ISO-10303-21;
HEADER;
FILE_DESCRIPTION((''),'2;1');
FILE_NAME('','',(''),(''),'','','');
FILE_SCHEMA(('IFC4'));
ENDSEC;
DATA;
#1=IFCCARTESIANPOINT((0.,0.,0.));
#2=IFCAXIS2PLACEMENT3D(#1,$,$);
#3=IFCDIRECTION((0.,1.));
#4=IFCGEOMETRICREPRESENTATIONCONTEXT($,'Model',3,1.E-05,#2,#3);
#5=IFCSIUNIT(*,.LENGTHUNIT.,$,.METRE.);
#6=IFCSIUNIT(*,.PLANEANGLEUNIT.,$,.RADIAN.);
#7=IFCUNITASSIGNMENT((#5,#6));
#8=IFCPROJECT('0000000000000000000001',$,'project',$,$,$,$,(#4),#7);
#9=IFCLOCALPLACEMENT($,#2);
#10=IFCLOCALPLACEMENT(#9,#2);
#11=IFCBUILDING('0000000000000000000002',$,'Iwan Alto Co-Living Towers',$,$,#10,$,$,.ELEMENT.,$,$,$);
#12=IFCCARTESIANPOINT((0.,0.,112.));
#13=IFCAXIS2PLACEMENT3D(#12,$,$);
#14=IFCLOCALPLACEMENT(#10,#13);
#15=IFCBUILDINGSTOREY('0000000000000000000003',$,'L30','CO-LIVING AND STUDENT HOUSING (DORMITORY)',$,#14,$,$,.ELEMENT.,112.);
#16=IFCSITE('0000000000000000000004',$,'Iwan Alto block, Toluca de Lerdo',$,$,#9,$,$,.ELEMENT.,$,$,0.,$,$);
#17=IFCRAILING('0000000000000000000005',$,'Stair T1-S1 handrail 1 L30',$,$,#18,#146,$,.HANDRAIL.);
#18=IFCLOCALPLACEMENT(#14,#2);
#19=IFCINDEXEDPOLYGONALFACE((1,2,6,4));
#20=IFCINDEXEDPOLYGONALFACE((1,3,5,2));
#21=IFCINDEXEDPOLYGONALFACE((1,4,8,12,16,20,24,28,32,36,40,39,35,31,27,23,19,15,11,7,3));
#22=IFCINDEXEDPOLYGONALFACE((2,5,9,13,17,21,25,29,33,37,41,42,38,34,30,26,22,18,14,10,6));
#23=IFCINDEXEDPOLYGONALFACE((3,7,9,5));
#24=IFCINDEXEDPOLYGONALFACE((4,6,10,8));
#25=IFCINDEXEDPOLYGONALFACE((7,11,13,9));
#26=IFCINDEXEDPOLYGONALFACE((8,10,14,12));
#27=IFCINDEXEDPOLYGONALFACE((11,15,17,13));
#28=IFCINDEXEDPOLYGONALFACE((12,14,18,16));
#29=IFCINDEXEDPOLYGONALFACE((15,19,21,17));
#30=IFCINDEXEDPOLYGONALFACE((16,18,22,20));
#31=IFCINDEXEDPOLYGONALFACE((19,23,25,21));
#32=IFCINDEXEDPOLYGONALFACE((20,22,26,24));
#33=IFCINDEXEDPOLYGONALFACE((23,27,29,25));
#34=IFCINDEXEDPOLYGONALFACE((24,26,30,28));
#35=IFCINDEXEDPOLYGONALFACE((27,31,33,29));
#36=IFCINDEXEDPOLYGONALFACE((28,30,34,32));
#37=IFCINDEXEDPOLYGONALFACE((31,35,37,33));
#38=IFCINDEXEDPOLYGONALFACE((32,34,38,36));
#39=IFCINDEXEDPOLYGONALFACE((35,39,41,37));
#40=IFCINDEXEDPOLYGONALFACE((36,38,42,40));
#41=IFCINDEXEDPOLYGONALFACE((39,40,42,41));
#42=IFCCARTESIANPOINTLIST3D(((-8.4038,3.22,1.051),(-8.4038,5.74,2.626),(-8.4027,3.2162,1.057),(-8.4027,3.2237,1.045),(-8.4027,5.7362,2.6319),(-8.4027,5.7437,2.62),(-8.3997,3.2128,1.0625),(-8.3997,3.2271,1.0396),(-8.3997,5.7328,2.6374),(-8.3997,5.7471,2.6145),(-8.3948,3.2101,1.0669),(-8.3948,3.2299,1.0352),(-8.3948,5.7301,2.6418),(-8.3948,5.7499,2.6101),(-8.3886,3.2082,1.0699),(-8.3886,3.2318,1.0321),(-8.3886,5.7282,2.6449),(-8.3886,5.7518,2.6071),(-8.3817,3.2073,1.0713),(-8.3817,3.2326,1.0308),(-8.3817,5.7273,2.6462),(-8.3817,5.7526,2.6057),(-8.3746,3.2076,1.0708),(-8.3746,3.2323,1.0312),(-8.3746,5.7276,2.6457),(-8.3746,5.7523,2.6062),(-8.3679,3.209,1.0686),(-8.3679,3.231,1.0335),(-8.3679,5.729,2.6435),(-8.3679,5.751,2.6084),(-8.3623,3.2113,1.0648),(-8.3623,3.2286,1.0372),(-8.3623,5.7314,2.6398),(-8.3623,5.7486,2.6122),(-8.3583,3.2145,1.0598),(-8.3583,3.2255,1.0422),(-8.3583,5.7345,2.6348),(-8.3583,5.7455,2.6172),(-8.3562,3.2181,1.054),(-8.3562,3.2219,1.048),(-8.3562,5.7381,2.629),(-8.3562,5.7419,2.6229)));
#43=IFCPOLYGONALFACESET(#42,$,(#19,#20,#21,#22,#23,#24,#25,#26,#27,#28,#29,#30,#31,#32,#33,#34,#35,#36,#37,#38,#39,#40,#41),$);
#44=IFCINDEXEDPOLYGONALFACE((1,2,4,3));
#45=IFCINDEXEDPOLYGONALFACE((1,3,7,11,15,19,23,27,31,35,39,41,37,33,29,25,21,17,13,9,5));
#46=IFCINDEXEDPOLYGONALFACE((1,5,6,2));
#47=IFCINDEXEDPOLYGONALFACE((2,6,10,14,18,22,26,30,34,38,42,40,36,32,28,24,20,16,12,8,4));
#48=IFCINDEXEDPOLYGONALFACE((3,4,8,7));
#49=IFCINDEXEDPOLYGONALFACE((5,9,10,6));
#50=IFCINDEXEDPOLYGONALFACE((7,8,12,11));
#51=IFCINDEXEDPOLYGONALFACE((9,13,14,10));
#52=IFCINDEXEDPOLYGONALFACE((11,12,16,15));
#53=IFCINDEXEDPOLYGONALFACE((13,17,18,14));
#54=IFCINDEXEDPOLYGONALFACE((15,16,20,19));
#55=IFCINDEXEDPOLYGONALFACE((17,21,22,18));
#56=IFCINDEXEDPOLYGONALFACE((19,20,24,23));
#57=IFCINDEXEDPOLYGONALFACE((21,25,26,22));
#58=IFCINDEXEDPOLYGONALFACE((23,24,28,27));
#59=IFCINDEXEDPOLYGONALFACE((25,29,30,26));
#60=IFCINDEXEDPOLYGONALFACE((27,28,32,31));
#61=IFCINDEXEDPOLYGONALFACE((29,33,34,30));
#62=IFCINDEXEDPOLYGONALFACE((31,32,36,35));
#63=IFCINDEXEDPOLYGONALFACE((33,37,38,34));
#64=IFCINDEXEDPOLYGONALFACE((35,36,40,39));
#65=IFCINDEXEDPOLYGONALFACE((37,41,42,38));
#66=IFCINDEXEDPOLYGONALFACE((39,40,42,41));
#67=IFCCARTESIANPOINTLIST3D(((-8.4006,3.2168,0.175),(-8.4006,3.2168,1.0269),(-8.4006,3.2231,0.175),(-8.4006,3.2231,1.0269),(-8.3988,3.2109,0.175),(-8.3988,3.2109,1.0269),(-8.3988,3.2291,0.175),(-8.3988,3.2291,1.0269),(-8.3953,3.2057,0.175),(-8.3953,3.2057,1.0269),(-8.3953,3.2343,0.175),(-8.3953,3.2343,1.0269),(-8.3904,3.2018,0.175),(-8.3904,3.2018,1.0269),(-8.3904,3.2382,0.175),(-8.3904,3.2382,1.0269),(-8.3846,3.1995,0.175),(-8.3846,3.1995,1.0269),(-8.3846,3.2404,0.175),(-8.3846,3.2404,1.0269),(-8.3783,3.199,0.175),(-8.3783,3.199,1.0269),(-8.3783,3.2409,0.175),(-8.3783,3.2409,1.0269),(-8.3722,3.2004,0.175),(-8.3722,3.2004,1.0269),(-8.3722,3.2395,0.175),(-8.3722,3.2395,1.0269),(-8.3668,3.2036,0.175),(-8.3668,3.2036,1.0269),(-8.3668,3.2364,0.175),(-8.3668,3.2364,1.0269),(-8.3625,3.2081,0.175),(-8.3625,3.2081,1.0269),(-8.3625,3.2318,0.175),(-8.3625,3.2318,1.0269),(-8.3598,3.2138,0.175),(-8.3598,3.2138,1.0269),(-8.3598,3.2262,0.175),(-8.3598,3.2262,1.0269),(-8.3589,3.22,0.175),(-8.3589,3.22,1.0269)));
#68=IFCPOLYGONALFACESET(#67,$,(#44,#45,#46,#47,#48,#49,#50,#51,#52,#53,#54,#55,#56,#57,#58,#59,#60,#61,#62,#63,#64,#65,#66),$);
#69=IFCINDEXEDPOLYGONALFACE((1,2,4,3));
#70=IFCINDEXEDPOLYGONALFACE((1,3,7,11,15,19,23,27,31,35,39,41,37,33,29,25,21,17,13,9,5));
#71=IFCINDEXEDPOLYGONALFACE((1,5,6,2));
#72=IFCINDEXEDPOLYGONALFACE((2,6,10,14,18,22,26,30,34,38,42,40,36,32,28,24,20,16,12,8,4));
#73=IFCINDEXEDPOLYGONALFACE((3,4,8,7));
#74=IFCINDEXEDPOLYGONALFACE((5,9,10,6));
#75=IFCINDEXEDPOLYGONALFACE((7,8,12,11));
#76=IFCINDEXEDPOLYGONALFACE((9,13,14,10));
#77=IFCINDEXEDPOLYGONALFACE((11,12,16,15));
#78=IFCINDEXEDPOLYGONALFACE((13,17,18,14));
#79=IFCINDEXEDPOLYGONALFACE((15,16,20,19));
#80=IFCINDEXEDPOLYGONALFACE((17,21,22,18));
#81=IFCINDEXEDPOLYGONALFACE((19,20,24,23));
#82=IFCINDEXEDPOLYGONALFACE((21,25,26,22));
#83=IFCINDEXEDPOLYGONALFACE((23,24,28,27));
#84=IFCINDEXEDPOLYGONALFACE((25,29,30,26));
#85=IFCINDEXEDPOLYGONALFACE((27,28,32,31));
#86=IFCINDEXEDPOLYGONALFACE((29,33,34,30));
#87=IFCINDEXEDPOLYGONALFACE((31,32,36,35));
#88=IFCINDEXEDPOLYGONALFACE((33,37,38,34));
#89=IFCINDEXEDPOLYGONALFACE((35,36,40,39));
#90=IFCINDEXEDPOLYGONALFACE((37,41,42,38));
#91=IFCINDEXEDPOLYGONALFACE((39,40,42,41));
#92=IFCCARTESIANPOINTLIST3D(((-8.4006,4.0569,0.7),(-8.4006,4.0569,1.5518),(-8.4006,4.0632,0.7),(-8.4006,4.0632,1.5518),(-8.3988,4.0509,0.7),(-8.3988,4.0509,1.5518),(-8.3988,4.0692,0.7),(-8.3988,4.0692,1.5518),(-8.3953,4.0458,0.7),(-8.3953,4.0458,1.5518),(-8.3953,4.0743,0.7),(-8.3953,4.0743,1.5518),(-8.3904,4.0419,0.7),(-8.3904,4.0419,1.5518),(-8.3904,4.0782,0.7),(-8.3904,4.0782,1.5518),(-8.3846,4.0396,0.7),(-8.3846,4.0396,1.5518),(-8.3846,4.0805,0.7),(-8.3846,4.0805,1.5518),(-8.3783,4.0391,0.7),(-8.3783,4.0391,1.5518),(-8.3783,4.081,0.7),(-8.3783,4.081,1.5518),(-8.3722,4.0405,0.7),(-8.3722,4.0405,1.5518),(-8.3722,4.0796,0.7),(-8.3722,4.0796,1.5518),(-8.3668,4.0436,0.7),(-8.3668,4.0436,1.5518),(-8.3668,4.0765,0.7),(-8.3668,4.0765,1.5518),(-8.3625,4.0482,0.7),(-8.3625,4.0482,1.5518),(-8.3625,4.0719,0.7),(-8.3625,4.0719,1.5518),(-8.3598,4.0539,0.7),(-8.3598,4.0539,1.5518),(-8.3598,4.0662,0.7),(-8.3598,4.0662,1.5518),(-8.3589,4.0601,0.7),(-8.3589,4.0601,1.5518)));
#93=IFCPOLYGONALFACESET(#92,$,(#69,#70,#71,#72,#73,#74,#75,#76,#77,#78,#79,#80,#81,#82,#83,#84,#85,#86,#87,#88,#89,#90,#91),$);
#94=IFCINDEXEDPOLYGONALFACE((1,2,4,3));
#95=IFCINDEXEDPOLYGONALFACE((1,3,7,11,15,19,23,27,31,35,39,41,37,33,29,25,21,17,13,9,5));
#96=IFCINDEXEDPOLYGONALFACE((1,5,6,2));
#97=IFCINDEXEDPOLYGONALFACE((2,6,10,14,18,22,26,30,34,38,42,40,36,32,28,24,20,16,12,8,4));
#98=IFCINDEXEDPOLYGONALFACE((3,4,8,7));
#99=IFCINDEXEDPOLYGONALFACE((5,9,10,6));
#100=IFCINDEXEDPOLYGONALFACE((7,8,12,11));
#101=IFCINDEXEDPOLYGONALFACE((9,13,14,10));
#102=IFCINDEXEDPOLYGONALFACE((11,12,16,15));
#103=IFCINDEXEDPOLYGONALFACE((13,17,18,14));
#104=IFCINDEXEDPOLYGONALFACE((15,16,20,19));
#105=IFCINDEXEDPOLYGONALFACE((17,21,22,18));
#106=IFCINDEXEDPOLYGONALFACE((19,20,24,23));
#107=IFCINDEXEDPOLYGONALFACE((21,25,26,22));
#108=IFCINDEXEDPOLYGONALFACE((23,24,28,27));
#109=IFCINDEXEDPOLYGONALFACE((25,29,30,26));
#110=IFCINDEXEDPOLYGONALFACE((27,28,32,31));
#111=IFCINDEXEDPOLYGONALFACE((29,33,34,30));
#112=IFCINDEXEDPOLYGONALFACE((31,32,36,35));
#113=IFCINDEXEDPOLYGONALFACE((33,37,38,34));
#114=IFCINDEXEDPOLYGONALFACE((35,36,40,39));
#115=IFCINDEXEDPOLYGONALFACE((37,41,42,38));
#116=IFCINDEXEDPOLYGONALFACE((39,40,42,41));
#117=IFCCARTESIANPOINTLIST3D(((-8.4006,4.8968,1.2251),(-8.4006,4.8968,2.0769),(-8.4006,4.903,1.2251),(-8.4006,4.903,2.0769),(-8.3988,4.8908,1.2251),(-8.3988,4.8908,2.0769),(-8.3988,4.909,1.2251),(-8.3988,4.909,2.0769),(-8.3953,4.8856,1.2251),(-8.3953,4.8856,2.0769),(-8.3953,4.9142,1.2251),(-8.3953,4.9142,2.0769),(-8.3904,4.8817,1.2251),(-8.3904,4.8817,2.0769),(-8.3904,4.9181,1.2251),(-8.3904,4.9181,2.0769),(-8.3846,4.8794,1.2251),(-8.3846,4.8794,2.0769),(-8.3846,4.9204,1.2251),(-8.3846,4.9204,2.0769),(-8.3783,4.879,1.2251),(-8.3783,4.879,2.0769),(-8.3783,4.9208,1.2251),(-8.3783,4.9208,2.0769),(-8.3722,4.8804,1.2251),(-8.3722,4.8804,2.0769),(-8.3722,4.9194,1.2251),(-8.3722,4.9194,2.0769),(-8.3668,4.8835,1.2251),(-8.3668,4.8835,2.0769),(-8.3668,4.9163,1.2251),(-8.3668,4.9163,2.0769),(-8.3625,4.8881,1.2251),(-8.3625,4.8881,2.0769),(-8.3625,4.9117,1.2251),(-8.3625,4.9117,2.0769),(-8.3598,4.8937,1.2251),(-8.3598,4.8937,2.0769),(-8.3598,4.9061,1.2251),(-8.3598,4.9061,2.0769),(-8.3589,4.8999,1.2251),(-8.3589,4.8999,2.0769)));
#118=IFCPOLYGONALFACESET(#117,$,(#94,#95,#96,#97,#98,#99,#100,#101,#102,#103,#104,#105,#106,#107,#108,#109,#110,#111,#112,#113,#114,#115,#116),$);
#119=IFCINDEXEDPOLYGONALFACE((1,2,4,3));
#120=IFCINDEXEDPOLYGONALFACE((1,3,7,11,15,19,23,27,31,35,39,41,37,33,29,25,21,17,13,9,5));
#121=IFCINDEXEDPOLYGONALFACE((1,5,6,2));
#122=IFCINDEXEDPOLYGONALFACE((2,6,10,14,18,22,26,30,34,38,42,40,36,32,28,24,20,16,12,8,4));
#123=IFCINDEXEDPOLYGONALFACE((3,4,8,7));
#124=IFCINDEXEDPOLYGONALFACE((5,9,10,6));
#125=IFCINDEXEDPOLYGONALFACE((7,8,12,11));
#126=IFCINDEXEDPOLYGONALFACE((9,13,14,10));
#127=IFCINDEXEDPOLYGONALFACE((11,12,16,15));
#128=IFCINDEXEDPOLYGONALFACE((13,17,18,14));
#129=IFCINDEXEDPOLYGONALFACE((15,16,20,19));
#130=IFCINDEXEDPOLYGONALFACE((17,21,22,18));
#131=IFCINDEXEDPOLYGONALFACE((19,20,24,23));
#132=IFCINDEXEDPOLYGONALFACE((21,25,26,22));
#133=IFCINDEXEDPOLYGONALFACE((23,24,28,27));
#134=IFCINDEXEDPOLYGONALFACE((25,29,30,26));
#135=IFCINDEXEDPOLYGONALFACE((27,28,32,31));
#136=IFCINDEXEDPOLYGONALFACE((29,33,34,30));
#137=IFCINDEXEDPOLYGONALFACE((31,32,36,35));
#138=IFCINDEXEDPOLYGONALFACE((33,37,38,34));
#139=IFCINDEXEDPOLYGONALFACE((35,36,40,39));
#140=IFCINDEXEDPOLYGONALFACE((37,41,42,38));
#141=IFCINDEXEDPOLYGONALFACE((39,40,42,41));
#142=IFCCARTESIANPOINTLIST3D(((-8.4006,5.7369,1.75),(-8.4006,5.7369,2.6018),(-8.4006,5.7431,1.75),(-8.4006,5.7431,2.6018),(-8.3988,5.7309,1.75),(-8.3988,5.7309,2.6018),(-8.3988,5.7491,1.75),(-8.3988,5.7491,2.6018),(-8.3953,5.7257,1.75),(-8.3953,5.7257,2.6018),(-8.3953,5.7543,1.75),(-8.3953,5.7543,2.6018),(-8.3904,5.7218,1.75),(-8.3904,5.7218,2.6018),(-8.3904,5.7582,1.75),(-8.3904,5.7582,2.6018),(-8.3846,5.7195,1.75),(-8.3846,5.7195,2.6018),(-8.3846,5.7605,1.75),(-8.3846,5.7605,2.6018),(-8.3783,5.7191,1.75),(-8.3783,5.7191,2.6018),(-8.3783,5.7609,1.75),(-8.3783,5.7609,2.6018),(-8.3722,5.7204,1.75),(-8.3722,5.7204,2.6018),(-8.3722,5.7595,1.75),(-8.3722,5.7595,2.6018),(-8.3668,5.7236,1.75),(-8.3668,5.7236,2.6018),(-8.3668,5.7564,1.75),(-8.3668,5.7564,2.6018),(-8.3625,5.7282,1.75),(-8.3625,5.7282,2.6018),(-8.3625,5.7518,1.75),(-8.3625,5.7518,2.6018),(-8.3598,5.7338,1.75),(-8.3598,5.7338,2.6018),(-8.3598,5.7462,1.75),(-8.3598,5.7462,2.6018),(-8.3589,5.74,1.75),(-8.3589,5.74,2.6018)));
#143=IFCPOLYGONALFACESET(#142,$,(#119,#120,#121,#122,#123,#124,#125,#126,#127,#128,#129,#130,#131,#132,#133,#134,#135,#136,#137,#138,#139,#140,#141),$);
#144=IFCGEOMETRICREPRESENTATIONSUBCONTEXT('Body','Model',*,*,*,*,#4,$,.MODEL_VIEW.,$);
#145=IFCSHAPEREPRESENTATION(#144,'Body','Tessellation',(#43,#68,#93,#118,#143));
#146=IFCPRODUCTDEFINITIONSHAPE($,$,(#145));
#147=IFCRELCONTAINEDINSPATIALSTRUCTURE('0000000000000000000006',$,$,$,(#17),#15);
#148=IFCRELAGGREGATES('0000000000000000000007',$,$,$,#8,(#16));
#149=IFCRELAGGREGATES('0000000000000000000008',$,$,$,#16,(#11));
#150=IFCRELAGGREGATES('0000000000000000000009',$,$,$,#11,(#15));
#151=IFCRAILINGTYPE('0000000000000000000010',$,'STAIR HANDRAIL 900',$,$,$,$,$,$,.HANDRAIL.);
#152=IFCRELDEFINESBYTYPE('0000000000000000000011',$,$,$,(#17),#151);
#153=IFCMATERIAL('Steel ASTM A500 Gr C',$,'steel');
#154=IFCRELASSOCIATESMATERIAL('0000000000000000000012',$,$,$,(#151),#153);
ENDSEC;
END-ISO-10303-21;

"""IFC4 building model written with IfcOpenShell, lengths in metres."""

from ifc_helpers import new_model, si_unit, direction, frame, origin, origin_2d, place, context, subcontext, project, spatial, circle, extrude, material, type_object, element, save


model = new_model("IFC4")

# Units and contexts
model_context = context("Model", 3, precision=1e-05, world=origin(), true_north=direction((0.0, 1.0)))
body_context = subcontext(model_context, "Body", "Model", "MODEL_VIEW")
ifc_project = project(units=[si_unit("LENGTHUNIT", "METRE"), si_unit("PLANEANGLEUNIT", "RADIAN")], contexts=[model_context])

# Site, building, storey
site_placement = place(None, origin())
site = spatial("IfcSite", under=ifc_project, at=site_placement, Name="Iwan Alto block, Toluca de Lerdo", CompositionType="ELEMENT", RefElevation=0.0)
building_placement = place(site_placement, origin())
building = spatial("IfcBuilding", under=site, at=building_placement, Name="Iwan Alto Co-Living Towers", CompositionType="ELEMENT")
storey_placement = place(building_placement, frame((0.0, 0.0, 112.0)))
storey = spatial("IfcBuildingStorey", under=building, at=storey_placement, Name="L30", Description="CO-LIVING AND STUDENT HOUSING (DORMITORY)", CompositionType="ELEMENT", Elevation=112.0)

# Railing
ifc_material_1 = material(Name="Steel ASTM A500 Gr C", Category="steel")
railing_type_1 = type_object("IfcRailingType", Name="STAIR HANDRAIL 900", PredefinedType="HANDRAIL", material=ifc_material_1)
railing_1_placement = place(storey_placement, frame((-8.3799, 3.22, 0.175)))
element("IfcRailing", 1, at=railing_1_placement, inside=storey, type_object=railing_type_1, Name="Stair T1-S1 handrail 1 L30", PredefinedType="HANDRAIL", context=body_context, shape_type="SweptSolid", body=[
    extrude(circle(Radius=0.0239, at=origin_2d()), frame((0.0, 0.0, 0.876), z_axis=(0.0, 0.848008, 0.529984), x_axis=(-1.0, 0.0, 0.0)), (0.0, 0.0, 1.0), 2.9717),
    extrude(circle(Radius=0.021, at=origin_2d()), origin(), (0.0, 0.0, 1.0), 0.8518),
    extrude(circle(Radius=0.021, at=origin_2d()), frame((0.0, 0.8401, 0.5249)), (0.0, 0.0, 1.0), 0.8518),
    extrude(circle(Radius=0.021, at=origin_2d()), frame((0.0, 1.6799, 1.05)), (0.0, 0.0, 1.0), 0.8518),
    extrude(circle(Radius=0.021, at=origin_2d()), frame((0.0, 2.52, 1.575)), (0.0, 0.0, 1.0), 0.8518),
])

save(model, "model.ifc")
